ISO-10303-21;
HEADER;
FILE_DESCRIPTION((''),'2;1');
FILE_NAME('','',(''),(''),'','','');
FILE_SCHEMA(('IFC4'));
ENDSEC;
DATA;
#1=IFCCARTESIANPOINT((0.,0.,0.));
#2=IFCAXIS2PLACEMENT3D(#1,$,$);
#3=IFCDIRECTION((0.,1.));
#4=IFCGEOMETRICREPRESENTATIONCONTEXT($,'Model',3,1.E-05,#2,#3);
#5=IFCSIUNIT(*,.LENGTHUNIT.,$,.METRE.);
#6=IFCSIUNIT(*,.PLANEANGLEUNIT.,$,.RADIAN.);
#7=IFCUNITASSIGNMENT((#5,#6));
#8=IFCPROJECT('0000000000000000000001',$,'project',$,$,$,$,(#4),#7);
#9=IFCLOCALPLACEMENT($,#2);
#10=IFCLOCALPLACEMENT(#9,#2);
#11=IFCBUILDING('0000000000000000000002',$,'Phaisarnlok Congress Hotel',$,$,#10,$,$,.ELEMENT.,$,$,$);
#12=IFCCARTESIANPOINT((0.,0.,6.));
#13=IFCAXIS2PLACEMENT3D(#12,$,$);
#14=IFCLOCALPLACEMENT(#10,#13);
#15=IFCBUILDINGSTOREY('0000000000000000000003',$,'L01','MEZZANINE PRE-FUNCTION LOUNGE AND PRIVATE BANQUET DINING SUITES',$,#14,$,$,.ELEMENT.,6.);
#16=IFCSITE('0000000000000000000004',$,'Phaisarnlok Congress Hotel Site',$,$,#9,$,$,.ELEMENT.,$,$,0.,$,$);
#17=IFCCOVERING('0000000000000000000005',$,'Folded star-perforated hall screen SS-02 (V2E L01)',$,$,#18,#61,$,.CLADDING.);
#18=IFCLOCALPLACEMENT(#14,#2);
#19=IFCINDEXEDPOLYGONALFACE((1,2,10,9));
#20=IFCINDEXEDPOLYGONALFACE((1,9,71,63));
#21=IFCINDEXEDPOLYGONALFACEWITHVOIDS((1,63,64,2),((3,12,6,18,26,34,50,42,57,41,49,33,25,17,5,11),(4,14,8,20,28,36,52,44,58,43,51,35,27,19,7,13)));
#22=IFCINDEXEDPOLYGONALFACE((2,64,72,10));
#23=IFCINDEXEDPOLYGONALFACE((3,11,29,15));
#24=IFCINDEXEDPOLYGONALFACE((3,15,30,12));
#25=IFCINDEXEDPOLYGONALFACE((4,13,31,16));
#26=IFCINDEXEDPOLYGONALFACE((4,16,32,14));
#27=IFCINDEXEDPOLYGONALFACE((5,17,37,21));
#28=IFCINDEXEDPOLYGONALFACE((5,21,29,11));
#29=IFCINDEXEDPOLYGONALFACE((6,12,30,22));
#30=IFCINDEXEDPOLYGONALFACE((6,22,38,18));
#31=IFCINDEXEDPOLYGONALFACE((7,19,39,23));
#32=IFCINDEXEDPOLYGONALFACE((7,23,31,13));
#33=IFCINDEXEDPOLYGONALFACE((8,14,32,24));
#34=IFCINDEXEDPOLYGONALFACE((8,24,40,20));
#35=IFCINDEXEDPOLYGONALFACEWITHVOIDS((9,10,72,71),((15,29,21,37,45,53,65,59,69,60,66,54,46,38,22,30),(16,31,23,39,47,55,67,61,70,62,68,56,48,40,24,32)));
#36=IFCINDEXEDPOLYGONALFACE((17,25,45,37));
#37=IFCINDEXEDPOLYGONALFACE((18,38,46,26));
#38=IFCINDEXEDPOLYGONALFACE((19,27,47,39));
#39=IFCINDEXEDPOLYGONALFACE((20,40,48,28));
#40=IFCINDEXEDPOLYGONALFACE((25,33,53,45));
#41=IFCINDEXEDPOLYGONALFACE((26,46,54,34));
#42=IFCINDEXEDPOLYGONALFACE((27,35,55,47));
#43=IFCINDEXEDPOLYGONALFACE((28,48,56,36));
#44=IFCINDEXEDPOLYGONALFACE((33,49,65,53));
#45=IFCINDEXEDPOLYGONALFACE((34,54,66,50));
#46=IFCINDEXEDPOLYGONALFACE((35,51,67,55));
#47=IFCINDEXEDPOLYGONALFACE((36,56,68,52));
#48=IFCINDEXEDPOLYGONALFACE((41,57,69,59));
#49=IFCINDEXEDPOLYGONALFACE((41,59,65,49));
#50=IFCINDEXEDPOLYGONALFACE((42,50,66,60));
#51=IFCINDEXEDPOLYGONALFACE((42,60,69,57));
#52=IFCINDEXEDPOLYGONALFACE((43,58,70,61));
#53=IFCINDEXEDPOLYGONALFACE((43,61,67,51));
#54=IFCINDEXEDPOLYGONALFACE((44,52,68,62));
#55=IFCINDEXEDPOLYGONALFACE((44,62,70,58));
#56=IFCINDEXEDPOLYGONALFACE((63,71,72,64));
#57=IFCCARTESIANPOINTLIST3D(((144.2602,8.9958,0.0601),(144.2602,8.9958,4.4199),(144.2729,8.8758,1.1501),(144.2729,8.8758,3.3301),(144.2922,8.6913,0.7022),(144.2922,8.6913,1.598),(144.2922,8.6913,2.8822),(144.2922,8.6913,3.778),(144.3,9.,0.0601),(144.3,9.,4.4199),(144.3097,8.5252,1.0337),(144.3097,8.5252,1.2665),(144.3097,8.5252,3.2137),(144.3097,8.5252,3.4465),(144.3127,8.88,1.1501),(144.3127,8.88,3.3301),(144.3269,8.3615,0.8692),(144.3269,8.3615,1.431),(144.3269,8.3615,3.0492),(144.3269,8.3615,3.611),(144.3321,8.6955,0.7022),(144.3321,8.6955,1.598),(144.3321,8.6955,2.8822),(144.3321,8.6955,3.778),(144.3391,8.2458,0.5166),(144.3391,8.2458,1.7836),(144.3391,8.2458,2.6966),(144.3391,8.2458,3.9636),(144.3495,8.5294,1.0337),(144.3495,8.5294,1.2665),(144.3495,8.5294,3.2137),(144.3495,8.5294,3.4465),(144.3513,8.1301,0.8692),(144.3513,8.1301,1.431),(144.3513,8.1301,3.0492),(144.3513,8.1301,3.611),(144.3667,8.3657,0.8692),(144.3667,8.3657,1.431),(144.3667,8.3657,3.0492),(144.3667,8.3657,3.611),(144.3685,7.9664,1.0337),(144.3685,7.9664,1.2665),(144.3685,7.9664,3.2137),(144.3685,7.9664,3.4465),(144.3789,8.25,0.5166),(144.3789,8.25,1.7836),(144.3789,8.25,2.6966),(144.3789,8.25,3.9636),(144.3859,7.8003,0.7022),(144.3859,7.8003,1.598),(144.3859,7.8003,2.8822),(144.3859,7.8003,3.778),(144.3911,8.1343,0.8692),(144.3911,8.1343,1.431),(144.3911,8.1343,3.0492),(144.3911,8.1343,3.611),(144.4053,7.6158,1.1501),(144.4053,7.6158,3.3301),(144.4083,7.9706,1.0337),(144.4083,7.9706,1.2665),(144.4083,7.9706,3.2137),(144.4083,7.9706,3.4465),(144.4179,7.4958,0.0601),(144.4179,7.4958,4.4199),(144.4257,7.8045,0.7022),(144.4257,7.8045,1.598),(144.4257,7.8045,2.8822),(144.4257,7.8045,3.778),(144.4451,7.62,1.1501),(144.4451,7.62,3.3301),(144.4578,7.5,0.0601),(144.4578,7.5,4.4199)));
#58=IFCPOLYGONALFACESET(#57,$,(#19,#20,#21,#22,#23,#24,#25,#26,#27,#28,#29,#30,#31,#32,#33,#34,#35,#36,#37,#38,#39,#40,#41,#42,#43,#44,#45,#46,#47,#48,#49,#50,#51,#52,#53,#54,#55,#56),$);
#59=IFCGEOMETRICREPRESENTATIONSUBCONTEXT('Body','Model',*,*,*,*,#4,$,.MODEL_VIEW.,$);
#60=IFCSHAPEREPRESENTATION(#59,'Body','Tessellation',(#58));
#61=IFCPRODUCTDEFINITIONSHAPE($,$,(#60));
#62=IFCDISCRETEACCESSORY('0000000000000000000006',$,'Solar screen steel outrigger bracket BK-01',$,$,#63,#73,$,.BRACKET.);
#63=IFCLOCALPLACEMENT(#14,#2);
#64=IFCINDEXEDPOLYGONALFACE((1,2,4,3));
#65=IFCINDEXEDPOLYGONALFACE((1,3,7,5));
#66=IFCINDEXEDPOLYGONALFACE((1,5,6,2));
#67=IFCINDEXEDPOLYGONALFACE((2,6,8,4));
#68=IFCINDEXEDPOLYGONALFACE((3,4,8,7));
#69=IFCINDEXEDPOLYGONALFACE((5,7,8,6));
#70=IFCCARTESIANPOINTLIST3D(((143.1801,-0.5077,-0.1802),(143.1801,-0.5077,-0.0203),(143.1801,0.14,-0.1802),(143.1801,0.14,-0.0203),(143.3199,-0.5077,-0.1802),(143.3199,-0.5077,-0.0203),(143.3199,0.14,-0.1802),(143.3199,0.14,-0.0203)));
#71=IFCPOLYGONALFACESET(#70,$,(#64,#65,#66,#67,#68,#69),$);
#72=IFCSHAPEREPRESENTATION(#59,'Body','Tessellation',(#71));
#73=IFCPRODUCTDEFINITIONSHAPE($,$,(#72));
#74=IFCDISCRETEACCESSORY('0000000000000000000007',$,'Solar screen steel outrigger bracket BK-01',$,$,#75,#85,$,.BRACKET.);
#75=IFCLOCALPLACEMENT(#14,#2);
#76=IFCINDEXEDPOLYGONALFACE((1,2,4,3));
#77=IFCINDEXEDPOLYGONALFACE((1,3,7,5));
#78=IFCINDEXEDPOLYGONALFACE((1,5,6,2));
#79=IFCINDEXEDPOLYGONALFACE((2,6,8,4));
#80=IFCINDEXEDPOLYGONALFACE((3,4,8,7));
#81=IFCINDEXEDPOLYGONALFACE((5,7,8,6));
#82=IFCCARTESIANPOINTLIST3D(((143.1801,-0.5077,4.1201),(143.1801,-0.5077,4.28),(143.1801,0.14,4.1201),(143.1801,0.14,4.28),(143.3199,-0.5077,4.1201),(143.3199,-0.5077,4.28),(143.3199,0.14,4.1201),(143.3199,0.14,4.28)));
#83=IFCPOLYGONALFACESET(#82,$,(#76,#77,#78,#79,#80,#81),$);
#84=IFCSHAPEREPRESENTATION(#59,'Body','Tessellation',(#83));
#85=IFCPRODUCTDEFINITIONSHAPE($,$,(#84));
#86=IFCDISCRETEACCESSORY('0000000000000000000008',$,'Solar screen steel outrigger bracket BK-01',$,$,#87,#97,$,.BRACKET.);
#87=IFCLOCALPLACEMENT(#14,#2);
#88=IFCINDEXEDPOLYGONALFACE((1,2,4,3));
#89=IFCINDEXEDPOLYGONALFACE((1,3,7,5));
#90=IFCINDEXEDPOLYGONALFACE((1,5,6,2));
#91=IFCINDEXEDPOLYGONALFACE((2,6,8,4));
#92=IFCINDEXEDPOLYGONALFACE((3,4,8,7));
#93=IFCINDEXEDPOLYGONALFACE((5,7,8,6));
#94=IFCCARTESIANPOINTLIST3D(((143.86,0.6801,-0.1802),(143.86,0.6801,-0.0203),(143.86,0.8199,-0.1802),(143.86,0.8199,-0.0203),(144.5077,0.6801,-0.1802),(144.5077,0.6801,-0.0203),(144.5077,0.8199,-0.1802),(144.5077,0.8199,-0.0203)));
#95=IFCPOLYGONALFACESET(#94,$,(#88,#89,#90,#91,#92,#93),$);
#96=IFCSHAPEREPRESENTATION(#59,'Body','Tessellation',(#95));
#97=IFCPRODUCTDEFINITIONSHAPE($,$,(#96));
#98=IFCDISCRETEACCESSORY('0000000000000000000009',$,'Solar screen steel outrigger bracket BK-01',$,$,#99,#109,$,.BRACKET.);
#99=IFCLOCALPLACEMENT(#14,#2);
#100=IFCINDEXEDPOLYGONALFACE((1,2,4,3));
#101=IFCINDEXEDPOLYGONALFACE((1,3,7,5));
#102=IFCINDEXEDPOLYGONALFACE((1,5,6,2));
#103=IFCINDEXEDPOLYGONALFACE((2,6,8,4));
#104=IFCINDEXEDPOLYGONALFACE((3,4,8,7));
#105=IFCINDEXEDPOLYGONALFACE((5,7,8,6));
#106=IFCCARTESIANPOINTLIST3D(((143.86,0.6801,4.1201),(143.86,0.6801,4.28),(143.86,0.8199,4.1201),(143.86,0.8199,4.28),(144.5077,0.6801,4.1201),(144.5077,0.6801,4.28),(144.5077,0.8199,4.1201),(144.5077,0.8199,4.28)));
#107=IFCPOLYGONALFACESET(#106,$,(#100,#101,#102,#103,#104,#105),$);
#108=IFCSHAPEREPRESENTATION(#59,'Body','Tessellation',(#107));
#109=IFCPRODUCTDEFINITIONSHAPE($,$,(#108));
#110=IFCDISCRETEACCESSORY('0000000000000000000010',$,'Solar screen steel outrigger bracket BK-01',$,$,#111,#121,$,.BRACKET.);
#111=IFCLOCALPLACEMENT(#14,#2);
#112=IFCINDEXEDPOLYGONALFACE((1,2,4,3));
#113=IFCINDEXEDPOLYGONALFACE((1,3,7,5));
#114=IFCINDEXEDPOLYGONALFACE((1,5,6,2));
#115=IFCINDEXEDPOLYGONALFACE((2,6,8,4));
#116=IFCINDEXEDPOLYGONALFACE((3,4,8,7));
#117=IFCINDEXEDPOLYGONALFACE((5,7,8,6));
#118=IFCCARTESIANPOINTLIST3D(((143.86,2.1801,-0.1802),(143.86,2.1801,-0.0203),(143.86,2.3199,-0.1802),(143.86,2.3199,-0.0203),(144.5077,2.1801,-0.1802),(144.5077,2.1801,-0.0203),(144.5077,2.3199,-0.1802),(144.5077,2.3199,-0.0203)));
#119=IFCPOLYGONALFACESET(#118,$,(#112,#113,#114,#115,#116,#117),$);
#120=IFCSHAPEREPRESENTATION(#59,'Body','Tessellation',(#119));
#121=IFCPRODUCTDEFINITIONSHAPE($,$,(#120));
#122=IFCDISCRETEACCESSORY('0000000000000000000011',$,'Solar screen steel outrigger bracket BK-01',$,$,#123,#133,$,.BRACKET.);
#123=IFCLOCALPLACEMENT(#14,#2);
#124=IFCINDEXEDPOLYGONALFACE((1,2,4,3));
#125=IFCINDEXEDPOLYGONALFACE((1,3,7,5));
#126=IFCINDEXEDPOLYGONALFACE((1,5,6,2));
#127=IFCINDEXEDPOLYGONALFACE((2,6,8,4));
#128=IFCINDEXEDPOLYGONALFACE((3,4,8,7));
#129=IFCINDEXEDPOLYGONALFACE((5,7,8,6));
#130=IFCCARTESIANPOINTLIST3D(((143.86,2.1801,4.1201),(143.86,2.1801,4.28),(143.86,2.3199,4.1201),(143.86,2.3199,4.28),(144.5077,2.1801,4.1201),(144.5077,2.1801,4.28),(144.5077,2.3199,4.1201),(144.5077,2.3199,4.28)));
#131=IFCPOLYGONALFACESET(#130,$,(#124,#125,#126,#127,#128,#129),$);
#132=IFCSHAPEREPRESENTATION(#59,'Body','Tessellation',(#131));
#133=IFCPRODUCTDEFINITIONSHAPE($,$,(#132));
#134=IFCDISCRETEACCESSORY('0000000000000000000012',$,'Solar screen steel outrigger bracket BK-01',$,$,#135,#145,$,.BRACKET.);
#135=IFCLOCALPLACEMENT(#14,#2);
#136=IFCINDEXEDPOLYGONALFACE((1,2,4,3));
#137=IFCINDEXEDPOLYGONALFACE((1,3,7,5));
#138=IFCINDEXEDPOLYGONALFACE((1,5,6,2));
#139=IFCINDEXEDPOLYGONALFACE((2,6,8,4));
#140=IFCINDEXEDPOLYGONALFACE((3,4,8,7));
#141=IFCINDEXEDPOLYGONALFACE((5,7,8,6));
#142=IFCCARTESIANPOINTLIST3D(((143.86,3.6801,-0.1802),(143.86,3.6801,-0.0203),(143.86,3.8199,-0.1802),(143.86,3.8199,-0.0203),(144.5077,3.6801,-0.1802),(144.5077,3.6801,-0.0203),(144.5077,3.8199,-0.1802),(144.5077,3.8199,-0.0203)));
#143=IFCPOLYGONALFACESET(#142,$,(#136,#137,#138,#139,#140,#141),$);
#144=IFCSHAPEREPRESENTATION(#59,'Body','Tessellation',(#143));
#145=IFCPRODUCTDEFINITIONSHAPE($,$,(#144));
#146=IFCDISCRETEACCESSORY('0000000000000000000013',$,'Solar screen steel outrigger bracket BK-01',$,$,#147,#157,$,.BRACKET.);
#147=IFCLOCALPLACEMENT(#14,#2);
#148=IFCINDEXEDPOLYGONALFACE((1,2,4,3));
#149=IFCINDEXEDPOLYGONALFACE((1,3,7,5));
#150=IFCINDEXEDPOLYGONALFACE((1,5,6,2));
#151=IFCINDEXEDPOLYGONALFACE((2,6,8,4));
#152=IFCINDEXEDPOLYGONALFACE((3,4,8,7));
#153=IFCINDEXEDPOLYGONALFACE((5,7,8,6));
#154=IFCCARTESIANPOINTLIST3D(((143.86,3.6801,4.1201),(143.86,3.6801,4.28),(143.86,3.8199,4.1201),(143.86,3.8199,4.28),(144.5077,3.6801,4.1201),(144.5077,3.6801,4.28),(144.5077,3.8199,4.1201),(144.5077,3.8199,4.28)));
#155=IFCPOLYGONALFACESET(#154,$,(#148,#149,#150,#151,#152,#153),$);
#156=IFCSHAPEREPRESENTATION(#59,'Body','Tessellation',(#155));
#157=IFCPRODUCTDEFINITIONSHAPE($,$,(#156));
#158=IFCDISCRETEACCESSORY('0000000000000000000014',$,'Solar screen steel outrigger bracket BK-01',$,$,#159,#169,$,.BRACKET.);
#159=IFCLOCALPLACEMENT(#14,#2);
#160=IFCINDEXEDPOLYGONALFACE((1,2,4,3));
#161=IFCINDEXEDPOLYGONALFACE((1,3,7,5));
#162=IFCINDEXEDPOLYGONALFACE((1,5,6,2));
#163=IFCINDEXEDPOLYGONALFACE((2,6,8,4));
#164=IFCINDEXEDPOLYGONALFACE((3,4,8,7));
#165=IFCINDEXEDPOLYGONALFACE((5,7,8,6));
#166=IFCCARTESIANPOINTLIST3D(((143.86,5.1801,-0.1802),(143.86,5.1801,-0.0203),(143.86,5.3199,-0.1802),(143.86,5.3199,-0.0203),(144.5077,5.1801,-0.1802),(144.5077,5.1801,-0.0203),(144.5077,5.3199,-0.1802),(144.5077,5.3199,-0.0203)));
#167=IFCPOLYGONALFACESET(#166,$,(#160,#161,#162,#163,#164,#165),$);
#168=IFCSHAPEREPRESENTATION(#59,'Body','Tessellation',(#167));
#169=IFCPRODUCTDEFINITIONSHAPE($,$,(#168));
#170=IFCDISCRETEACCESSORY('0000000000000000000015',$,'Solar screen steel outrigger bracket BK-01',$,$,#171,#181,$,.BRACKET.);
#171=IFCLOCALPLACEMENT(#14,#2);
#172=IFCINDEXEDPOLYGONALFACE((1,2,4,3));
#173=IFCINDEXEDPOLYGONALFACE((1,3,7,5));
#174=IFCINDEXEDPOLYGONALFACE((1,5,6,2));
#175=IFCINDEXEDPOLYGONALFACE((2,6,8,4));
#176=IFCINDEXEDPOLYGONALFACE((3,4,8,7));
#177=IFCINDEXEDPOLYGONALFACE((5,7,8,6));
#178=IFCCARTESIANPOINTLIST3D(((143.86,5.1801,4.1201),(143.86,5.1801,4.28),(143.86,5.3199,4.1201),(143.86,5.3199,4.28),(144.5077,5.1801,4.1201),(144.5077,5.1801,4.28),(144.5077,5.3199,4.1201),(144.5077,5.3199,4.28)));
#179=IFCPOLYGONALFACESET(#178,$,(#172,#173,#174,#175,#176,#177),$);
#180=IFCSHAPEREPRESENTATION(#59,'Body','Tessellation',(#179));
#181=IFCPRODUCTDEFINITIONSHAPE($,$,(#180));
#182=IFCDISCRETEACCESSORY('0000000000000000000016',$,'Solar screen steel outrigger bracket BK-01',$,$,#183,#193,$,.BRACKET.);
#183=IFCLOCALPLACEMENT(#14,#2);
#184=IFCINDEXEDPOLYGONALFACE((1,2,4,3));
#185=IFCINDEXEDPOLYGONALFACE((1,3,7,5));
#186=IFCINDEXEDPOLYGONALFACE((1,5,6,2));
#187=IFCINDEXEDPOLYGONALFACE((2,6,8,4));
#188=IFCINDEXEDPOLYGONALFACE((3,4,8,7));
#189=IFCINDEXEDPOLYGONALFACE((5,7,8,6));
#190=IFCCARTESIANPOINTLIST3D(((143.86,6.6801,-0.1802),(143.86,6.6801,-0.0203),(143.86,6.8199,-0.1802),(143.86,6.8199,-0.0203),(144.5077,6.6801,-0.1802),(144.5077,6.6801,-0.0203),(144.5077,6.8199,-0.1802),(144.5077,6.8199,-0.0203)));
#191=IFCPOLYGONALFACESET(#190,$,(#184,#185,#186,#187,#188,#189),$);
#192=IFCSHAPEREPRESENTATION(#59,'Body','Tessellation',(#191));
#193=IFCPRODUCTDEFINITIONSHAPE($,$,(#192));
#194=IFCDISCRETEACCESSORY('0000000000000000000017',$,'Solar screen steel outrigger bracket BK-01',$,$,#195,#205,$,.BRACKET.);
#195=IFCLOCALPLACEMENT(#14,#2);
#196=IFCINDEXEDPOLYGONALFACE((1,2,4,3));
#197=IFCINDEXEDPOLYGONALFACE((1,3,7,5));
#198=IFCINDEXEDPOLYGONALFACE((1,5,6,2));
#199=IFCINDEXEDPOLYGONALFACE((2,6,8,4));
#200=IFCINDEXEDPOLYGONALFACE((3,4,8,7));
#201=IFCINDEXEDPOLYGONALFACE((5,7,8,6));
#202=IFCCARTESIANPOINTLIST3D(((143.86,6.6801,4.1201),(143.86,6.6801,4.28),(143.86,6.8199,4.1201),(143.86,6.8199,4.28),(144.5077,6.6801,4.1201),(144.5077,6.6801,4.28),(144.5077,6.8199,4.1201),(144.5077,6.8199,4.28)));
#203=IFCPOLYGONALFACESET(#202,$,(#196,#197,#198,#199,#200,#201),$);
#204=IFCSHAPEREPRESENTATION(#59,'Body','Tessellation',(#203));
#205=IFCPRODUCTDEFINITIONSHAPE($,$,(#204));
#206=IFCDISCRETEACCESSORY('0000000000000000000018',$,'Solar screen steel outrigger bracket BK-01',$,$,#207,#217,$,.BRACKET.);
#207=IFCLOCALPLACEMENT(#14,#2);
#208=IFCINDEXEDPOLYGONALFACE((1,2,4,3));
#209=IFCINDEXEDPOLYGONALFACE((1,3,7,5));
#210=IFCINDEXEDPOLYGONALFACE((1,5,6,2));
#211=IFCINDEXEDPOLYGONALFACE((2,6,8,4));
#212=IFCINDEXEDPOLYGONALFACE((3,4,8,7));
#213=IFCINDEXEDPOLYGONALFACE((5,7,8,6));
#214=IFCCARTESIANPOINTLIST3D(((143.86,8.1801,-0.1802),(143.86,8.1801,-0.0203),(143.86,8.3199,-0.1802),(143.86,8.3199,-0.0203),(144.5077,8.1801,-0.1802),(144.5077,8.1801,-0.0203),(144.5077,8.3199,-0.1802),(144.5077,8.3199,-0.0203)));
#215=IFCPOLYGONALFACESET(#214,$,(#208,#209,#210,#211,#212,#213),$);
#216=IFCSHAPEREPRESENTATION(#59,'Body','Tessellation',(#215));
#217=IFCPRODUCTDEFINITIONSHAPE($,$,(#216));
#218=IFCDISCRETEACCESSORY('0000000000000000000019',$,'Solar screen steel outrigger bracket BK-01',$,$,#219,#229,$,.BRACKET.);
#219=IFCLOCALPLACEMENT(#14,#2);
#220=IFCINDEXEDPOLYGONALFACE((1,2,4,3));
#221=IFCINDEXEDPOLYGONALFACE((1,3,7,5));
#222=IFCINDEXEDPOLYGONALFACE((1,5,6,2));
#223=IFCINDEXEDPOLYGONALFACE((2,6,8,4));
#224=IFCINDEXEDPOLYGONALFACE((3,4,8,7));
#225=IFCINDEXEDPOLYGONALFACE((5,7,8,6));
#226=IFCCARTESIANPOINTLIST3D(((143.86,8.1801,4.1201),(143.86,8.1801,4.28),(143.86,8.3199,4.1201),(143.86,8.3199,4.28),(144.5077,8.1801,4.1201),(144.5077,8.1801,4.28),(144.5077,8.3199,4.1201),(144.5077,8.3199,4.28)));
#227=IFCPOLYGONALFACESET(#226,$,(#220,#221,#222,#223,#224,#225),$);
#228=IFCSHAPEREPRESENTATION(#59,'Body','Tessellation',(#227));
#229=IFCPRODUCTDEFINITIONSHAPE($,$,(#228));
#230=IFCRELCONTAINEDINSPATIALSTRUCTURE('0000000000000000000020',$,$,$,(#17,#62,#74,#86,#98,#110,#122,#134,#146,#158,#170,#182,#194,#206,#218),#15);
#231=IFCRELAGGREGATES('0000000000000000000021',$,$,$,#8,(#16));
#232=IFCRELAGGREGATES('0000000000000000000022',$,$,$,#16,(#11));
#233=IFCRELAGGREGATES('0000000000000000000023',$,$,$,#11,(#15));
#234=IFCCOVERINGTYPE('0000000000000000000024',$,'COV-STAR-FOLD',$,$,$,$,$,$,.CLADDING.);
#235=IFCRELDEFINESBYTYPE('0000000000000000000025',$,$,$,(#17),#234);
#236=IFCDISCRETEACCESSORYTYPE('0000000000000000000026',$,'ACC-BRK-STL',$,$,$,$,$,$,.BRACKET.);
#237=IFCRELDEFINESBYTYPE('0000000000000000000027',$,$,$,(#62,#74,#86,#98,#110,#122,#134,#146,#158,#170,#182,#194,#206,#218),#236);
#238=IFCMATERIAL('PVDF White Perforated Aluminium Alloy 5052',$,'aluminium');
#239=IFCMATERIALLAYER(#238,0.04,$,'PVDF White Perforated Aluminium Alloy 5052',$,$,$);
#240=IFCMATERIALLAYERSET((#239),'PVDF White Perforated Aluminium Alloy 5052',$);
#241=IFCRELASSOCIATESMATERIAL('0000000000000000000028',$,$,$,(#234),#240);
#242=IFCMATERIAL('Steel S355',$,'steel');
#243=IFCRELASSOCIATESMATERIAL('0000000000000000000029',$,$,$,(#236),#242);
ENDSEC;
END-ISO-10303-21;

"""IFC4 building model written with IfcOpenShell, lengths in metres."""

from ifc_helpers import new_model, si_unit, direction, frame, origin, origin_2d, place, context, subcontext, project, spatial, polyline, rectangle, outline, extrude, material, layer, layer_set, type_object, element, save


model = new_model("IFC4")

# Units and contexts
model_context = context("Model", 3, precision=1e-05, world=origin(), true_north=direction((0.0, 1.0)))
body_context = subcontext(model_context, "Body", "Model", "MODEL_VIEW")
ifc_project = project(units=[si_unit("LENGTHUNIT", "METRE"), si_unit("PLANEANGLEUNIT", "RADIAN")], contexts=[model_context])

# Site, building, storey
site_placement = place(None, origin())
site = spatial("IfcSite", under=ifc_project, at=site_placement, Name="Phaisarnlok Congress Hotel Site", CompositionType="ELEMENT", RefElevation=0.0)
building_placement = place(site_placement, origin())
building = spatial("IfcBuilding", under=site, at=building_placement, Name="Phaisarnlok Congress Hotel", CompositionType="ELEMENT")
storey_placement = place(building_placement, frame((0.0, 0.0, 6.0)))
storey = spatial("IfcBuildingStorey", under=building, at=storey_placement, Name="L01", Description="MEZZANINE PRE-FUNCTION LOUNGE AND PRIVATE BANQUET DINING SUITES", CompositionType="ELEMENT", Elevation=6.0)

# Covering
ifc_material_1 = material(Name="PVDF White Perforated Aluminium Alloy 5052", Category="aluminium")
ifc_layer_1 = layer(ifc_material_1, 0.04, Name="PVDF White Perforated Aluminium Alloy 5052")
ifc_layer_set_1 = layer_set([ifc_layer_1], Name="PVDF White Perforated Aluminium Alloy 5052")
covering_type = type_object("IfcCoveringType", Name="COV-STAR-FOLD", PredefinedType="CLADDING", material=ifc_layer_set_1)
for number, where, z_axis, x_axis, name in (
    (1, (144.3, 9.0, 0.0601), (-0.994518, -0.104567, 0.0), (0.104567, -0.994518, 0.0), "Folded star-perforated hall screen SS-02 (V2E L01)"),
):
    element("IfcCovering", number, at=place(storey_placement, frame(where, z_axis=z_axis, x_axis=x_axis)), inside=storey, type_object=covering_type, Name=name, PredefinedType="CLADDING", context=body_context, shape_type="SweptSolid", body=[
        extrude(outline(polyline([(0.0, 0.0), (1.5083, 0.0), (1.5083, 4.3599), (0.0, 4.3599), (0.0, 0.0)]), holes=[polyline([(1.0351, 0.9736), (1.2021, 0.6421), (0.8705, 0.8091), (0.7541, 0.4565), (0.6378, 0.8091), (0.3062, 0.6421), (0.4732, 0.9736), (0.1207, 1.09), (0.4732, 1.2064), (0.3062, 1.5379), (0.6378, 1.3709), (0.7541, 1.7235), (0.8705, 1.3709), (1.2021, 1.5379), (1.0351, 1.2064), (1.3876, 1.09), (1.0351, 0.9736)]), polyline([(1.0351, 3.1536), (1.2021, 2.8221), (0.8705, 2.9891), (0.7541, 2.6365), (0.6378, 2.9891), (0.3062, 2.8221), (0.4732, 3.1536), (0.1207, 3.27), (0.4732, 3.3864), (0.3062, 3.7179), (0.6378, 3.5509), (0.7541, 3.9035), (0.8705, 3.5509), (1.2021, 3.7179), (1.0351, 3.3864), (1.3876, 3.27), (1.0351, 3.1536)])]), origin(), (0.0, 0.0, 1.0), 0.04),
    ])

# Discrete accessories
ifc_material_2 = material(Name="Steel S355", Category="steel")
discrete_accessory_type = type_object("IfcDiscreteAccessoryType", Name="ACC-BRK-STL", PredefinedType="BRACKET", material=ifc_material_2)
for number, where, z_axis, x_axis, name in (
    (2, (143.25, -0.1838, -0.1802), (0.0, 0.0, 1.0), (1.0, 0.0, 0.0), "Solar screen steel outrigger bracket BK-01"),
    (3, (143.25, -0.1838, 4.1201), (0.0, 0.0, 1.0), (1.0, 0.0, 0.0), "Solar screen steel outrigger bracket BK-01"),
):
    element("IfcDiscreteAccessory", number, at=place(storey_placement, frame(where, z_axis=z_axis, x_axis=x_axis)), inside=storey, type_object=discrete_accessory_type, Name=name, PredefinedType="BRACKET", context=body_context, shape_type="SweptSolid", body=[
        extrude(rectangle(XDim=0.1399, YDim=0.6477, at=origin_2d()), origin(), (0.0, 0.0, 1.0), 0.1599),
    ])
for number, where, z_axis, x_axis, name in (
    (4, (144.1838, 0.75, -0.1802), (0.0, 0.0, 1.0), (1.0, 0.0, 0.0), "Solar screen steel outrigger bracket BK-01"),
    (5, (144.1838, 0.75, 4.1201), (0.0, 0.0, 1.0), (1.0, 0.0, 0.0), "Solar screen steel outrigger bracket BK-01"),
    (6, (144.1838, 2.25, -0.1802), (0.0, 0.0, 1.0), (1.0, 0.0, 0.0), "Solar screen steel outrigger bracket BK-01"),
    (7, (144.1838, 2.25, 4.1201), (0.0, 0.0, 1.0), (1.0, 0.0, 0.0), "Solar screen steel outrigger bracket BK-01"),
    (8, (144.1838, 3.75, -0.1802), (0.0, 0.0, 1.0), (1.0, 0.0, 0.0), "Solar screen steel outrigger bracket BK-01"),
    (9, (144.1838, 3.75, 4.1201), (0.0, 0.0, 1.0), (1.0, 0.0, 0.0), "Solar screen steel outrigger bracket BK-01"),
    (10, (144.1838, 5.25, -0.1802), (0.0, 0.0, 1.0), (1.0, 0.0, 0.0), "Solar screen steel outrigger bracket BK-01"),
    (11, (144.1838, 5.25, 4.1201), (0.0, 0.0, 1.0), (1.0, 0.0, 0.0), "Solar screen steel outrigger bracket BK-01"),
    (12, (144.1838, 6.75, -0.1802), (0.0, 0.0, 1.0), (1.0, 0.0, 0.0), "Solar screen steel outrigger bracket BK-01"),
    (13, (144.1838, 6.75, 4.1201), (0.0, 0.0, 1.0), (1.0, 0.0, 0.0), "Solar screen steel outrigger bracket BK-01"),
    (14, (144.1838, 8.25, -0.1802), (0.0, 0.0, 1.0), (1.0, 0.0, 0.0), "Solar screen steel outrigger bracket BK-01"),
    (15, (144.1838, 8.25, 4.1201), (0.0, 0.0, 1.0), (1.0, 0.0, 0.0), "Solar screen steel outrigger bracket BK-01"),
):
    element("IfcDiscreteAccessory", number, at=place(storey_placement, frame(where, z_axis=z_axis, x_axis=x_axis)), inside=storey, type_object=discrete_accessory_type, Name=name, PredefinedType="BRACKET", context=body_context, shape_type="SweptSolid", body=[
        extrude(rectangle(XDim=0.6477, YDim=0.1399, at=origin_2d()), origin(), (0.0, 0.0, 1.0), 0.1599),
    ])

save(model, "model.ifc")
